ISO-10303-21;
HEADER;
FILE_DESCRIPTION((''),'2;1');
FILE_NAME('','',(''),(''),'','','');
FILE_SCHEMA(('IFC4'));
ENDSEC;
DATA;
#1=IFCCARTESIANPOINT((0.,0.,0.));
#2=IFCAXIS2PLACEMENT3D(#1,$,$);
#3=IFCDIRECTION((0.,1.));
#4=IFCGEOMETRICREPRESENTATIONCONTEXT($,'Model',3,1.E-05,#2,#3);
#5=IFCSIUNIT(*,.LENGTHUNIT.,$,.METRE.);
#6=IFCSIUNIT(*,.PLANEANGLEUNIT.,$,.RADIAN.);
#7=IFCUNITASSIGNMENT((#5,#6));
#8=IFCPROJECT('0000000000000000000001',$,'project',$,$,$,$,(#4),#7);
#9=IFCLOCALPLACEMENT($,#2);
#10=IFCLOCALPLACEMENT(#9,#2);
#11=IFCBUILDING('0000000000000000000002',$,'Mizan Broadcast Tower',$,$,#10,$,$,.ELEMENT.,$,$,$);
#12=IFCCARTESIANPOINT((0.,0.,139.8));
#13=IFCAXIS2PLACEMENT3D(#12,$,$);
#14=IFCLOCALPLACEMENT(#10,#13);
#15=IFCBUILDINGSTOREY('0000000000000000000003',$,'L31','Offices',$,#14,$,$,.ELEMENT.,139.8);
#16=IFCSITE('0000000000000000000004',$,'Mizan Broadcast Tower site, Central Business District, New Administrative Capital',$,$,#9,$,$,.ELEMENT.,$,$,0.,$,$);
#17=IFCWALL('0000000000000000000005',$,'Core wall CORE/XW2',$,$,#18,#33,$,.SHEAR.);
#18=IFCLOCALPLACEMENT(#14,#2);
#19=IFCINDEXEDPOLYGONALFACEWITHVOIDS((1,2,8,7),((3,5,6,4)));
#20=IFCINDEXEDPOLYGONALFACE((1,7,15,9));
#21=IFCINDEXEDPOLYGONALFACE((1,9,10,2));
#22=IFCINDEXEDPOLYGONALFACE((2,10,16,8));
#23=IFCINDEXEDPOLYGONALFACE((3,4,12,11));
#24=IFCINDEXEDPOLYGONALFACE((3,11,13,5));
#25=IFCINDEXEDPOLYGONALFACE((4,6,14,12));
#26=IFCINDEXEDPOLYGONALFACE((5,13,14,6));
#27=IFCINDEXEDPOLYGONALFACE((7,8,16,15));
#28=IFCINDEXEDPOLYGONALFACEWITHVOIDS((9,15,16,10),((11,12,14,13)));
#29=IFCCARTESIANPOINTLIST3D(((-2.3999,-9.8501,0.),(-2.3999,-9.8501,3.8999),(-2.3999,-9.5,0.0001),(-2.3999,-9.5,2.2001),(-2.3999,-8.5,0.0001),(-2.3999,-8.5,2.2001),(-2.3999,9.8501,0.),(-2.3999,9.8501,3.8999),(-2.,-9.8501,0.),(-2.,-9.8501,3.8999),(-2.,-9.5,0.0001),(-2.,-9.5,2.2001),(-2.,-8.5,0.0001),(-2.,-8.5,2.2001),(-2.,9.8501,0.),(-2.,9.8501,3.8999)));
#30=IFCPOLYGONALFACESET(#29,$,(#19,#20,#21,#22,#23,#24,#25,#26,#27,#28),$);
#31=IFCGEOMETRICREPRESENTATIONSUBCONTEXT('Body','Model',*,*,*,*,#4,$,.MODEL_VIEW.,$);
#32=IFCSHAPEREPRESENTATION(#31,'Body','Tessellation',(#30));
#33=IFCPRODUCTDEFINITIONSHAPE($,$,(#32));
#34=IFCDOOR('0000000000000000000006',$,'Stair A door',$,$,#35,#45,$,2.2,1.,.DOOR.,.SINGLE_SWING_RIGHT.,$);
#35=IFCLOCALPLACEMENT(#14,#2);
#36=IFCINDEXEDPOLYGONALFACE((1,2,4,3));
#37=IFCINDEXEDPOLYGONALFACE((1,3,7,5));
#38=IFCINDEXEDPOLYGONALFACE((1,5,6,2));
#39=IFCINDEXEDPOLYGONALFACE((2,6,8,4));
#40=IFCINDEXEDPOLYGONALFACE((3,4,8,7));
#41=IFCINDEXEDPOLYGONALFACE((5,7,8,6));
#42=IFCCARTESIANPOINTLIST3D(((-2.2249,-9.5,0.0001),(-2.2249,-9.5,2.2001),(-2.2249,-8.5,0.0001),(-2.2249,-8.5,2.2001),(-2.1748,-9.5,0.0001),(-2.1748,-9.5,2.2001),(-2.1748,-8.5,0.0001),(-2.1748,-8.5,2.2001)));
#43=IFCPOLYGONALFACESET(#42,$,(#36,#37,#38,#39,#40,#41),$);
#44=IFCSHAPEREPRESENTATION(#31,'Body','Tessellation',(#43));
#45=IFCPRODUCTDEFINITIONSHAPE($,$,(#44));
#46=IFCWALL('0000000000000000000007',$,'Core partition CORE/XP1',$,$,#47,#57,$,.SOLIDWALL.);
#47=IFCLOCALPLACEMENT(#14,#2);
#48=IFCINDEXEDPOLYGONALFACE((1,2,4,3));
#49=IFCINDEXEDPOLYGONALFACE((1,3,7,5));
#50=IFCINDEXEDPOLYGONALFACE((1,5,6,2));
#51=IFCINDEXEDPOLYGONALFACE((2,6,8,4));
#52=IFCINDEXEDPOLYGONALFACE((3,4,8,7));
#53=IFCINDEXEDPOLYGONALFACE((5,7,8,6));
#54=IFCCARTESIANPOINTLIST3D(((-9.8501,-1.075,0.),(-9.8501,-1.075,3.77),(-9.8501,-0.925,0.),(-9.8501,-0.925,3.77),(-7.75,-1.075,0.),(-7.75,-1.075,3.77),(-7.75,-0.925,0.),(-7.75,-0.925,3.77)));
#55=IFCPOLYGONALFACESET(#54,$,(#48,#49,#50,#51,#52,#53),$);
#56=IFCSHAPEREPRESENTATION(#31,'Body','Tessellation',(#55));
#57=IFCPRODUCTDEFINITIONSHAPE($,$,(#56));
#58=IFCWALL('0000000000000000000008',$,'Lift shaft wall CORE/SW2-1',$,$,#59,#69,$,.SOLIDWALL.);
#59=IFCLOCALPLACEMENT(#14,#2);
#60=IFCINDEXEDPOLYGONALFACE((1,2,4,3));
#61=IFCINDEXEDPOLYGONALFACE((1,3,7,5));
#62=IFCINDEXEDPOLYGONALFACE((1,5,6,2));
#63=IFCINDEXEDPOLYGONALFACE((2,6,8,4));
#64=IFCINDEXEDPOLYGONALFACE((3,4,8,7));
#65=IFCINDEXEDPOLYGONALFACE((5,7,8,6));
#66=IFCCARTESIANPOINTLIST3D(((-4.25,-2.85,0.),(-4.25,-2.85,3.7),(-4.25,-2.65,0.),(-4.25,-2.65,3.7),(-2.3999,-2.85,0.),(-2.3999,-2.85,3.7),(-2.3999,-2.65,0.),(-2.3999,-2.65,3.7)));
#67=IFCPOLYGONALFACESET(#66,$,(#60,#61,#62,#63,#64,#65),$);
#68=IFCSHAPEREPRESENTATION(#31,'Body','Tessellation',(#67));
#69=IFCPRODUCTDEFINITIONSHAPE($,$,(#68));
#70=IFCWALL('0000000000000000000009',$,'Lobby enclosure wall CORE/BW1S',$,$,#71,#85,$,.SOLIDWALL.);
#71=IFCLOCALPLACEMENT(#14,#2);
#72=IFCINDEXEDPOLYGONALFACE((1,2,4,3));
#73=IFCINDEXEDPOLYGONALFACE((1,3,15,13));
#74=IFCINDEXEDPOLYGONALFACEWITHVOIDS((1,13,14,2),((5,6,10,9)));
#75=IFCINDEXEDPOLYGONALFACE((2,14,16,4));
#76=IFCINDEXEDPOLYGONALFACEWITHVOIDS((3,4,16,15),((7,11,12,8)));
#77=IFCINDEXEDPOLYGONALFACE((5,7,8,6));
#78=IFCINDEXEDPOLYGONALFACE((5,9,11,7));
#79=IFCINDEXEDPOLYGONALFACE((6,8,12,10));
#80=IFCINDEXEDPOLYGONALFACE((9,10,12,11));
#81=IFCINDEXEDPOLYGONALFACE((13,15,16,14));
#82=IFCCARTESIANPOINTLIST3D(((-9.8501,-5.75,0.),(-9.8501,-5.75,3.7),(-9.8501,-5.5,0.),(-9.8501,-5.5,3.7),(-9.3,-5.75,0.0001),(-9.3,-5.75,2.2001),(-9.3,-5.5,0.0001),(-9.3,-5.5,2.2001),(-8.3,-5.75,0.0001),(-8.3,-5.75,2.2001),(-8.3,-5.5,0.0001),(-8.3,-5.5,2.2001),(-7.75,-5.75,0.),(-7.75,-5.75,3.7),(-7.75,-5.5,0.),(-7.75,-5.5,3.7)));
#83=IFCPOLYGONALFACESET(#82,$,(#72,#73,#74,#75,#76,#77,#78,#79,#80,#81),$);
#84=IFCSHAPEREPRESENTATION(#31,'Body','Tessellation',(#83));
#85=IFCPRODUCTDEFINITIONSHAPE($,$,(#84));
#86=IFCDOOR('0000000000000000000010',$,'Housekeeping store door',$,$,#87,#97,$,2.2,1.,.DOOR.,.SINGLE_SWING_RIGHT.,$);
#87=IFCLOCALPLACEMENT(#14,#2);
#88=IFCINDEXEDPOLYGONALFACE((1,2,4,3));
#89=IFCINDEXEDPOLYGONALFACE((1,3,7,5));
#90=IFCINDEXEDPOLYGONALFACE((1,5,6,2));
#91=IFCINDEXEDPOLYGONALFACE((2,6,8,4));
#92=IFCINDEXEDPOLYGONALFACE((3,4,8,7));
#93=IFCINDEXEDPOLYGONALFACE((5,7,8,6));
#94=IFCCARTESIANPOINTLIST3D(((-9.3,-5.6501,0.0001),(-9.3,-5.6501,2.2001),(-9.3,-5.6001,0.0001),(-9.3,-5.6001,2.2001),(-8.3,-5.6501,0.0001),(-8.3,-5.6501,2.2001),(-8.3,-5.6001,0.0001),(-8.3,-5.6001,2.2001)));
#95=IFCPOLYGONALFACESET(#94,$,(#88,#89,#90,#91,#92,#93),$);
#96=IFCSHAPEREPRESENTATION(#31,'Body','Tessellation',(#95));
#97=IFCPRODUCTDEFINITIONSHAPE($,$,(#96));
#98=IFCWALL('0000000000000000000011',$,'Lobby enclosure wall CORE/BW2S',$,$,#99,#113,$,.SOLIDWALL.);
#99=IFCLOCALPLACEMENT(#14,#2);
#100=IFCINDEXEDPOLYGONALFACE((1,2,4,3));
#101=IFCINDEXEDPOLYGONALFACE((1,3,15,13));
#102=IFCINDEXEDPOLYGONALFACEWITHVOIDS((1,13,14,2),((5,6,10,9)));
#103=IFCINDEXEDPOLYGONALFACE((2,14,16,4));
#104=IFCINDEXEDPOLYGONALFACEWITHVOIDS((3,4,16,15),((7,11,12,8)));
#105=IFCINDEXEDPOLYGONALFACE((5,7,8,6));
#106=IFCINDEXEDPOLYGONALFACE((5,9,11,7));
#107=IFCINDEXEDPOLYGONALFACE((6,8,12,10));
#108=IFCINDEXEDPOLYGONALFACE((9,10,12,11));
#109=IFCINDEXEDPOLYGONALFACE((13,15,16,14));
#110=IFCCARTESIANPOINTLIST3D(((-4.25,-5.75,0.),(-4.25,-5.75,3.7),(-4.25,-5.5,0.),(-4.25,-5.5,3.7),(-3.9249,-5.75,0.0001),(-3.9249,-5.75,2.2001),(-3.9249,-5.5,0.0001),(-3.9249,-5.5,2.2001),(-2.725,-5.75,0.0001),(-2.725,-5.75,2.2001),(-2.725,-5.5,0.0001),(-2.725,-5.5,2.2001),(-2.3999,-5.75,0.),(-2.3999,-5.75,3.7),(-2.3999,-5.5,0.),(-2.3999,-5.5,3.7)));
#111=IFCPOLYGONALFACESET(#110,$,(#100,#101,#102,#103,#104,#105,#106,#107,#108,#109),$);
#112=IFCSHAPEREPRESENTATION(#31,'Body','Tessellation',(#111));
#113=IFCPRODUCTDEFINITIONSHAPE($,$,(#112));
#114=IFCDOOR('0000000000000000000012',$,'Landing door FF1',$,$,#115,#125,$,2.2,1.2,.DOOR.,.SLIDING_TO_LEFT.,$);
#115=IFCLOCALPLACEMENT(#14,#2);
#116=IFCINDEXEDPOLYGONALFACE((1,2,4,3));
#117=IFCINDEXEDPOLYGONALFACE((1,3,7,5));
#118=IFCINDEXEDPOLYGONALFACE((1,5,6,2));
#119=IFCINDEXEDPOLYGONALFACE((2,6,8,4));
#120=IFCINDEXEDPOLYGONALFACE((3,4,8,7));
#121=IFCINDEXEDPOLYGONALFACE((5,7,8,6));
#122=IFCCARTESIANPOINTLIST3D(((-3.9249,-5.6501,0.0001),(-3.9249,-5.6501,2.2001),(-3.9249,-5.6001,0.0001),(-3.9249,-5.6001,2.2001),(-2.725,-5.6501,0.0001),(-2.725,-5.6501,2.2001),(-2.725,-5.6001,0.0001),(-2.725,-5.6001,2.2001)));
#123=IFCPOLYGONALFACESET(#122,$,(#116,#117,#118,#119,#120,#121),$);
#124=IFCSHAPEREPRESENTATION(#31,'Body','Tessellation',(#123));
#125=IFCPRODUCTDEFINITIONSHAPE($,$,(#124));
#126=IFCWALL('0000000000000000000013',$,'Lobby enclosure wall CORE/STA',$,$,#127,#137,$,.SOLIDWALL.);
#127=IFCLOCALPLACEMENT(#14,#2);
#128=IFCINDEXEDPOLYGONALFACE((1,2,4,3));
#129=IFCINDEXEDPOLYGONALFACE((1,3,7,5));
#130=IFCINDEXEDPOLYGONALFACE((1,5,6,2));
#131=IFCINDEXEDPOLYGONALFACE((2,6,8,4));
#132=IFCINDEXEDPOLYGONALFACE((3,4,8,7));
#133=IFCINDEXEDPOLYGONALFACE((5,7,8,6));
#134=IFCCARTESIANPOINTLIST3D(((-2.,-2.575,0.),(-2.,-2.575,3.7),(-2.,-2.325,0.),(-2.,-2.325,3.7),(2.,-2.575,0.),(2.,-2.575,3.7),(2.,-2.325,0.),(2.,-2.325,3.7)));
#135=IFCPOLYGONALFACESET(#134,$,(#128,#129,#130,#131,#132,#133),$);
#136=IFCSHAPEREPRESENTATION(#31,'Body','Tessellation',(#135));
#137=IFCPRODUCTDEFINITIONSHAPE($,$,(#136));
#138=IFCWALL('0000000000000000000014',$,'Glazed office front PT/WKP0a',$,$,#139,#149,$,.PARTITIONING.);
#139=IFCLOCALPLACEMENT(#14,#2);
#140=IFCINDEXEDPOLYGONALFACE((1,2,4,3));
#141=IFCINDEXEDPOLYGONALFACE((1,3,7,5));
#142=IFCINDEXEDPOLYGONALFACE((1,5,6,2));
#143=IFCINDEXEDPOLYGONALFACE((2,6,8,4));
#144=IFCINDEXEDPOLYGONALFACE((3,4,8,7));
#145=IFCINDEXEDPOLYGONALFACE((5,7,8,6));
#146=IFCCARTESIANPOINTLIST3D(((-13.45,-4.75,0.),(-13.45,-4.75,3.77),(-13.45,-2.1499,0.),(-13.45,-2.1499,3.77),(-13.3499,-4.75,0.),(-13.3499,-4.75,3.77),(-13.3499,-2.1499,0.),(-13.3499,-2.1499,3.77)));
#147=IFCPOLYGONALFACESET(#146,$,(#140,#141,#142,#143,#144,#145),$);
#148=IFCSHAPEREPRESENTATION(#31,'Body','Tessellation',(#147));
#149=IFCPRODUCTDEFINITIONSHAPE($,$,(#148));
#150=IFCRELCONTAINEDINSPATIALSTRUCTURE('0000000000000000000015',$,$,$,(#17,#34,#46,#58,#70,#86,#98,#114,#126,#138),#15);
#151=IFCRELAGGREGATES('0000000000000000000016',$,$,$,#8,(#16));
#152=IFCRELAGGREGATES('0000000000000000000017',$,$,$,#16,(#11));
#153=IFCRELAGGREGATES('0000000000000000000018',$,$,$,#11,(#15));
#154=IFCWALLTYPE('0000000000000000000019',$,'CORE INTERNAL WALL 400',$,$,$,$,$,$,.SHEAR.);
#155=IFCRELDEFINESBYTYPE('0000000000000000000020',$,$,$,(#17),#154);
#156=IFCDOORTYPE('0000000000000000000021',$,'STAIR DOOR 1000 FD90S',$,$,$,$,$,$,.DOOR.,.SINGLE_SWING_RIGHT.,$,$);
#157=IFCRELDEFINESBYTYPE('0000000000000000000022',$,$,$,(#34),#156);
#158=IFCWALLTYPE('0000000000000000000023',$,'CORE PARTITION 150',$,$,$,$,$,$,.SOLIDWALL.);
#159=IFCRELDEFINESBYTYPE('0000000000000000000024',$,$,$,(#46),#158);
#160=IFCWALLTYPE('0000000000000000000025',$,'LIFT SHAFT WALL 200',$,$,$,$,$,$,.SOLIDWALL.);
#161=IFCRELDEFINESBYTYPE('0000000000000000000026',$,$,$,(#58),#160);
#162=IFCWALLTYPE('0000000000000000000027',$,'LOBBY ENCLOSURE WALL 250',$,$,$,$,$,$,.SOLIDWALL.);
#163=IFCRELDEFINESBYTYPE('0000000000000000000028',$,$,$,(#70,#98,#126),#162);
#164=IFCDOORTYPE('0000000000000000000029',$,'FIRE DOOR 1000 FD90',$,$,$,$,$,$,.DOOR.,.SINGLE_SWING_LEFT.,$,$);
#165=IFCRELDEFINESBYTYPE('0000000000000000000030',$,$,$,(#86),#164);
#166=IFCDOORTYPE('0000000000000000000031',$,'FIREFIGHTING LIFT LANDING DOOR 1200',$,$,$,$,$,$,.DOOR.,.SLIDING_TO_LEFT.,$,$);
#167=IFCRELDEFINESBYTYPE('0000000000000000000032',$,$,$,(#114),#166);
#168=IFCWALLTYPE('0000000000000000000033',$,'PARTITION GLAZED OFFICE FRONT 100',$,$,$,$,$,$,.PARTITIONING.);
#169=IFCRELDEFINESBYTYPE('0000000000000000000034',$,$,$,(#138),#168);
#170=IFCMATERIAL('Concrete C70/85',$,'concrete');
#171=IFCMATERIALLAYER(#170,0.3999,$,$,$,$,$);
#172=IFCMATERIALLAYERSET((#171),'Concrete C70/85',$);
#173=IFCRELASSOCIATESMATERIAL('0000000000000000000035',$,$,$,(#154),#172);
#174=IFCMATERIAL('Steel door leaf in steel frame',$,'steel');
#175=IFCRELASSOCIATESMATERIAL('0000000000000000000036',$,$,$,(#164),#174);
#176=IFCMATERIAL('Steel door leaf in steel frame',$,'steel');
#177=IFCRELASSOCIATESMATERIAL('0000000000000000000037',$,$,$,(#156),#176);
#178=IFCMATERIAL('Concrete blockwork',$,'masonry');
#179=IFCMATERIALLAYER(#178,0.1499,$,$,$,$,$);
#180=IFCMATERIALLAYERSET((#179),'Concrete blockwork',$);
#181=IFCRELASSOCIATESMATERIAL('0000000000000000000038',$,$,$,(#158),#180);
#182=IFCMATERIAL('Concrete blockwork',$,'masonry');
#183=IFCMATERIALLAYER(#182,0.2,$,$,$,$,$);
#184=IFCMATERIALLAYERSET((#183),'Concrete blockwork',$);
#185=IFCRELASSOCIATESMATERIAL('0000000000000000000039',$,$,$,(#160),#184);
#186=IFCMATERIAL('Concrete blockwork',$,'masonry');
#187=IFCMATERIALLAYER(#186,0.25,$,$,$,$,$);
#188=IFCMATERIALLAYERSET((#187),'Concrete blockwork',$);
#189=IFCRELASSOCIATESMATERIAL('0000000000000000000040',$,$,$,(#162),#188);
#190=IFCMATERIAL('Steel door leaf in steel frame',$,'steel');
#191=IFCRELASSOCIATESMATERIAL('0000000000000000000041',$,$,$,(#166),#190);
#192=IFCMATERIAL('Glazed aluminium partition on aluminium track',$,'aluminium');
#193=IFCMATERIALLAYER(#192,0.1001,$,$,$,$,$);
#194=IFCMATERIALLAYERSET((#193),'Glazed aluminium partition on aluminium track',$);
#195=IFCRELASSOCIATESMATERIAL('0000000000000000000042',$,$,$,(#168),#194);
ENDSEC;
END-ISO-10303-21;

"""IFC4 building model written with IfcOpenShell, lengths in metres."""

from ifc_helpers import new_model, si_unit, direction, frame, frame_2d, origin, place, context, subcontext, project, spatial, rectangle, extrude, material, layer, layer_set, type_object, element, fill, save


model = new_model("IFC4")

# Units and contexts
model_context = context("Model", 3, precision=1e-05, world=origin(), true_north=direction((0.0, 1.0)))
body_context = subcontext(model_context, "Body", "Model", "MODEL_VIEW")
ifc_project = project(units=[si_unit("LENGTHUNIT", "METRE"), si_unit("PLANEANGLEUNIT", "RADIAN")], contexts=[model_context])

# Site, building, storey
site_placement = place(None, origin())
site = spatial("IfcSite", under=ifc_project, at=site_placement, Name="Mizan Broadcast Tower site, Central Business District, New Administrative Capital", CompositionType="ELEMENT", RefElevation=0.0)
building_placement = place(site_placement, origin())
building = spatial("IfcBuilding", under=site, at=building_placement, Name="Mizan Broadcast Tower", CompositionType="ELEMENT")
storey_placement = place(building_placement, frame((0.0, 0.0, 139.8)))
storey = spatial("IfcBuildingStorey", under=building, at=storey_placement, Name="L31", Description="Offices", CompositionType="ELEMENT", Elevation=139.8)

# Shared definitions
ifc_material_1 = material(Name="Concrete C70/85", Category="concrete")
ifc_layer_1 = layer(ifc_material_1, 0.3999)
ifc_layer_set_1 = layer_set([ifc_layer_1], Name="Concrete C70/85")
wall_type_1 = type_object("IfcWallType", Name="CORE INTERNAL WALL 400", PredefinedType="SHEAR", material=ifc_layer_set_1)
ifc_material_2 = material(Name="Steel door leaf in steel frame", Category="steel")
door_type_1 = type_object("IfcDoorType", Name="FIRE DOOR 1000 FD90", OperationType="SINGLE_SWING_LEFT", PredefinedType="DOOR", material=ifc_material_2)

# Wall, opening, door
wall_1_placement = place(storey_placement, frame((-2.2, -9.8501, 0.0), z_axis=(0.0, 0.0, 1.0), x_axis=(0.0, 1.0, 0.0)))
wall_1 = element("IfcWall", 1, at=wall_1_placement, inside=storey, type_object=wall_type_1, Name="Core wall CORE/XW2", PredefinedType="SHEAR", context=body_context, shape_type="SweptSolid", body=[
    extrude(rectangle(XDim=19.7002, YDim=0.3999, at=frame_2d((9.8501, 0.0))), origin(), (0.0, 0.0, 1.0), 3.8999),
])
opening_1_placement = place(wall_1_placement, frame((0.3501, 0.0, 0.0)))
opening_1 = element("IfcOpeningElement", 2, at=opening_1_placement, cuts=wall_1, PredefinedType="OPENING", context=body_context, shape_type="SweptSolid", body=[
    extrude(rectangle(XDim=1.0, YDim=2.2, at=frame_2d((0.5, 1.1001))), frame((0.0, 0.21, 0.0), z_axis=(0.0, -1.0, 0.0), x_axis=(1.0, 0.0, 0.0)), (0.0, 0.0, 1.0), 0.4199),
])
ifc_material_3 = material(Name="Steel door leaf in steel frame", Category="steel")
door_type_2 = type_object("IfcDoorType", Name="STAIR DOOR 1000 FD90S", OperationType="SINGLE_SWING_RIGHT", PredefinedType="DOOR", material=ifc_material_3)
door_1_placement = place(opening_1_placement, origin())
door_1 = element("IfcDoor", 3, at=door_1_placement, inside=storey, type_object=door_type_2, Name="Stair A door", OperationType="SINGLE_SWING_RIGHT", OverallHeight=2.2, OverallWidth=1.0, PredefinedType="DOOR", context=body_context, shape_type="SweptSolid", body=[
    extrude(rectangle(XDim=1.0, YDim=2.2, at=frame_2d((0.5, 1.1001))), frame((0.0, 0.0249, 0.0), z_axis=(0.0, -1.0, 0.0), x_axis=(1.0, 0.0, 0.0)), (0.0, 0.0, 1.0), 0.05),
])
fill(opening_1, door_1)

# Walls
ifc_material_4 = material(Name="Concrete blockwork", Category="masonry")
ifc_layer_2 = layer(ifc_material_4, 0.1499)
ifc_layer_set_2 = layer_set([ifc_layer_2], Name="Concrete blockwork")
wall_type_2 = type_object("IfcWallType", Name="CORE PARTITION 150", PredefinedType="SOLIDWALL", material=ifc_layer_set_2)
wall_2_placement = place(storey_placement, frame((-9.8501, -1.0, 0.0), z_axis=(0.0, 0.0, 1.0), x_axis=(1.0, 0.0, 0.0)))
element("IfcWall", 4, at=wall_2_placement, inside=storey, type_object=wall_type_2, Name="Core partition CORE/XP1", PredefinedType="SOLIDWALL", context=body_context, shape_type="SweptSolid", body=[
    extrude(rectangle(XDim=2.1001, YDim=0.1499, at=frame_2d((1.05, 0.0))), origin(), (0.0, 0.0, 1.0), 3.77),
])
ifc_material_5 = material(Name="Concrete blockwork", Category="masonry")
ifc_layer_3 = layer(ifc_material_5, 0.2)
ifc_layer_set_3 = layer_set([ifc_layer_3], Name="Concrete blockwork")
wall_type_3 = type_object("IfcWallType", Name="LIFT SHAFT WALL 200", PredefinedType="SOLIDWALL", material=ifc_layer_set_3)
wall_3_placement = place(storey_placement, frame((-4.25, -2.75, 0.0), z_axis=(0.0, 0.0, 1.0), x_axis=(1.0, 0.0, 0.0)))
element("IfcWall", 5, at=wall_3_placement, inside=storey, type_object=wall_type_3, Name="Lift shaft wall CORE/SW2-1", PredefinedType="SOLIDWALL", context=body_context, shape_type="SweptSolid", body=[
    extrude(rectangle(XDim=1.8501, YDim=0.2, at=frame_2d((0.925, 0.0))), origin(), (0.0, 0.0, 1.0), 3.7),
])

# Walls, openings, doors
ifc_material_6 = material(Name="Concrete blockwork", Category="masonry")
ifc_layer_4 = layer(ifc_material_6, 0.25)
ifc_layer_set_4 = layer_set([ifc_layer_4], Name="Concrete blockwork")
wall_type_4 = type_object("IfcWallType", Name="LOBBY ENCLOSURE WALL 250", PredefinedType="SOLIDWALL", material=ifc_layer_set_4)
wall_4_placement = place(storey_placement, frame((-9.8501, -5.625, 0.0), z_axis=(0.0, 0.0, 1.0), x_axis=(1.0, 0.0, 0.0)))
wall_4 = element("IfcWall", 6, at=wall_4_placement, inside=storey, type_object=wall_type_4, Name="Lobby enclosure wall CORE/BW1S", PredefinedType="SOLIDWALL", context=body_context, shape_type="SweptSolid", body=[
    extrude(rectangle(XDim=2.1001, YDim=0.25, at=frame_2d((1.05, 0.0))), origin(), (0.0, 0.0, 1.0), 3.7),
])
opening_2_placement = place(wall_4_placement, frame((0.55, 0.0, 0.0)))
opening_2 = element("IfcOpeningElement", 7, at=opening_2_placement, cuts=wall_4, PredefinedType="OPENING", context=body_context, shape_type="SweptSolid", body=[
    extrude(rectangle(XDim=1.0, YDim=2.2, at=frame_2d((0.5, 1.1001))), frame((0.0, 0.135, 0.0), z_axis=(0.0, -1.0, 0.0), x_axis=(1.0, 0.0, 0.0)), (0.0, 0.0, 1.0), 0.27),
])
door_2_placement = place(opening_2_placement, origin())
door_2 = element("IfcDoor", 8, at=door_2_placement, inside=storey, type_object=door_type_1, Name="Housekeeping store door", OperationType="SINGLE_SWING_RIGHT", OverallHeight=2.2, OverallWidth=1.0, PredefinedType="DOOR", context=body_context, shape_type="SweptSolid", body=[
    extrude(rectangle(XDim=1.0, YDim=2.2, at=frame_2d((0.5, 1.1001))), frame((0.0, 0.0249, 0.0), z_axis=(0.0, -1.0, 0.0), x_axis=(1.0, 0.0, 0.0)), (0.0, 0.0, 1.0), 0.05),
])
fill(opening_2, door_2)
wall_5_placement = place(storey_placement, frame((-4.25, -5.625, 0.0), z_axis=(0.0, 0.0, 1.0), x_axis=(1.0, 0.0, 0.0)))
wall_5 = element("IfcWall", 9, at=wall_5_placement, inside=storey, type_object=wall_type_4, Name="Lobby enclosure wall CORE/BW2S", PredefinedType="SOLIDWALL", context=body_context, shape_type="SweptSolid", body=[
    extrude(rectangle(XDim=1.8501, YDim=0.25, at=frame_2d((0.925, 0.0))), origin(), (0.0, 0.0, 1.0), 3.7),
])
opening_3_placement = place(wall_5_placement, frame((0.325, 0.0, 0.0)))
opening_3 = element("IfcOpeningElement", 10, at=opening_3_placement, cuts=wall_5, PredefinedType="OPENING", context=body_context, shape_type="SweptSolid", body=[
    extrude(rectangle(XDim=1.2, YDim=2.2, at=frame_2d((0.6001, 1.1001))), frame((0.0, 0.135, 0.0), z_axis=(0.0, -1.0, 0.0), x_axis=(1.0, 0.0, 0.0)), (0.0, 0.0, 1.0), 0.27),
])
ifc_material_7 = material(Name="Steel door leaf in steel frame", Category="steel")
door_type_3 = type_object("IfcDoorType", Name="FIREFIGHTING LIFT LANDING DOOR 1200", OperationType="SLIDING_TO_LEFT", PredefinedType="DOOR", material=ifc_material_7)
door_3_placement = place(opening_3_placement, origin())
door_3 = element("IfcDoor", 11, at=door_3_placement, inside=storey, type_object=door_type_3, Name="Landing door FF1", OperationType="SLIDING_TO_LEFT", OverallHeight=2.2, OverallWidth=1.2, PredefinedType="DOOR", context=body_context, shape_type="SweptSolid", body=[
    extrude(rectangle(XDim=1.2, YDim=2.2, at=frame_2d((0.6001, 1.1001))), frame((0.0, 0.0249, 0.0), z_axis=(0.0, -1.0, 0.0), x_axis=(1.0, 0.0, 0.0)), (0.0, 0.0, 1.0), 0.05),
])
fill(opening_3, door_3)

# Walls
wall_6_placement = place(storey_placement, frame((-2.0, -2.45, 0.0), z_axis=(0.0, 0.0, 1.0), x_axis=(1.0, 0.0, 0.0)))
element("IfcWall", 12, at=wall_6_placement, inside=storey, type_object=wall_type_4, Name="Lobby enclosure wall CORE/STA", PredefinedType="SOLIDWALL", context=body_context, shape_type="SweptSolid", body=[
    extrude(rectangle(XDim=4.0, YDim=0.25, at=frame_2d((2.0, 0.0))), origin(), (0.0, 0.0, 1.0), 3.7),
])
ifc_material_8 = material(Name="Glazed aluminium partition on aluminium track", Category="aluminium")
ifc_layer_5 = layer(ifc_material_8, 0.1001)
ifc_layer_set_5 = layer_set([ifc_layer_5], Name="Glazed aluminium partition on aluminium track")
wall_type_5 = type_object("IfcWallType", Name="PARTITION GLAZED OFFICE FRONT 100", PredefinedType="PARTITIONING", material=ifc_layer_set_5)
wall_7_placement = place(storey_placement, frame((-13.3999, -2.1499, 0.0), z_axis=(0.0, 0.0, 1.0), x_axis=(0.0, -1.0, 0.0)))
element("IfcWall", 13, at=wall_7_placement, inside=storey, type_object=wall_type_5, Name="Glazed office front PT/WKP0a", PredefinedType="PARTITIONING", context=body_context, shape_type="SweptSolid", body=[
    extrude(rectangle(XDim=2.6001, YDim=0.1001, at=frame_2d((1.3, 0.0))), origin(), (0.0, 0.0, 1.0), 3.77),
])

save(model, "model.ifc")
